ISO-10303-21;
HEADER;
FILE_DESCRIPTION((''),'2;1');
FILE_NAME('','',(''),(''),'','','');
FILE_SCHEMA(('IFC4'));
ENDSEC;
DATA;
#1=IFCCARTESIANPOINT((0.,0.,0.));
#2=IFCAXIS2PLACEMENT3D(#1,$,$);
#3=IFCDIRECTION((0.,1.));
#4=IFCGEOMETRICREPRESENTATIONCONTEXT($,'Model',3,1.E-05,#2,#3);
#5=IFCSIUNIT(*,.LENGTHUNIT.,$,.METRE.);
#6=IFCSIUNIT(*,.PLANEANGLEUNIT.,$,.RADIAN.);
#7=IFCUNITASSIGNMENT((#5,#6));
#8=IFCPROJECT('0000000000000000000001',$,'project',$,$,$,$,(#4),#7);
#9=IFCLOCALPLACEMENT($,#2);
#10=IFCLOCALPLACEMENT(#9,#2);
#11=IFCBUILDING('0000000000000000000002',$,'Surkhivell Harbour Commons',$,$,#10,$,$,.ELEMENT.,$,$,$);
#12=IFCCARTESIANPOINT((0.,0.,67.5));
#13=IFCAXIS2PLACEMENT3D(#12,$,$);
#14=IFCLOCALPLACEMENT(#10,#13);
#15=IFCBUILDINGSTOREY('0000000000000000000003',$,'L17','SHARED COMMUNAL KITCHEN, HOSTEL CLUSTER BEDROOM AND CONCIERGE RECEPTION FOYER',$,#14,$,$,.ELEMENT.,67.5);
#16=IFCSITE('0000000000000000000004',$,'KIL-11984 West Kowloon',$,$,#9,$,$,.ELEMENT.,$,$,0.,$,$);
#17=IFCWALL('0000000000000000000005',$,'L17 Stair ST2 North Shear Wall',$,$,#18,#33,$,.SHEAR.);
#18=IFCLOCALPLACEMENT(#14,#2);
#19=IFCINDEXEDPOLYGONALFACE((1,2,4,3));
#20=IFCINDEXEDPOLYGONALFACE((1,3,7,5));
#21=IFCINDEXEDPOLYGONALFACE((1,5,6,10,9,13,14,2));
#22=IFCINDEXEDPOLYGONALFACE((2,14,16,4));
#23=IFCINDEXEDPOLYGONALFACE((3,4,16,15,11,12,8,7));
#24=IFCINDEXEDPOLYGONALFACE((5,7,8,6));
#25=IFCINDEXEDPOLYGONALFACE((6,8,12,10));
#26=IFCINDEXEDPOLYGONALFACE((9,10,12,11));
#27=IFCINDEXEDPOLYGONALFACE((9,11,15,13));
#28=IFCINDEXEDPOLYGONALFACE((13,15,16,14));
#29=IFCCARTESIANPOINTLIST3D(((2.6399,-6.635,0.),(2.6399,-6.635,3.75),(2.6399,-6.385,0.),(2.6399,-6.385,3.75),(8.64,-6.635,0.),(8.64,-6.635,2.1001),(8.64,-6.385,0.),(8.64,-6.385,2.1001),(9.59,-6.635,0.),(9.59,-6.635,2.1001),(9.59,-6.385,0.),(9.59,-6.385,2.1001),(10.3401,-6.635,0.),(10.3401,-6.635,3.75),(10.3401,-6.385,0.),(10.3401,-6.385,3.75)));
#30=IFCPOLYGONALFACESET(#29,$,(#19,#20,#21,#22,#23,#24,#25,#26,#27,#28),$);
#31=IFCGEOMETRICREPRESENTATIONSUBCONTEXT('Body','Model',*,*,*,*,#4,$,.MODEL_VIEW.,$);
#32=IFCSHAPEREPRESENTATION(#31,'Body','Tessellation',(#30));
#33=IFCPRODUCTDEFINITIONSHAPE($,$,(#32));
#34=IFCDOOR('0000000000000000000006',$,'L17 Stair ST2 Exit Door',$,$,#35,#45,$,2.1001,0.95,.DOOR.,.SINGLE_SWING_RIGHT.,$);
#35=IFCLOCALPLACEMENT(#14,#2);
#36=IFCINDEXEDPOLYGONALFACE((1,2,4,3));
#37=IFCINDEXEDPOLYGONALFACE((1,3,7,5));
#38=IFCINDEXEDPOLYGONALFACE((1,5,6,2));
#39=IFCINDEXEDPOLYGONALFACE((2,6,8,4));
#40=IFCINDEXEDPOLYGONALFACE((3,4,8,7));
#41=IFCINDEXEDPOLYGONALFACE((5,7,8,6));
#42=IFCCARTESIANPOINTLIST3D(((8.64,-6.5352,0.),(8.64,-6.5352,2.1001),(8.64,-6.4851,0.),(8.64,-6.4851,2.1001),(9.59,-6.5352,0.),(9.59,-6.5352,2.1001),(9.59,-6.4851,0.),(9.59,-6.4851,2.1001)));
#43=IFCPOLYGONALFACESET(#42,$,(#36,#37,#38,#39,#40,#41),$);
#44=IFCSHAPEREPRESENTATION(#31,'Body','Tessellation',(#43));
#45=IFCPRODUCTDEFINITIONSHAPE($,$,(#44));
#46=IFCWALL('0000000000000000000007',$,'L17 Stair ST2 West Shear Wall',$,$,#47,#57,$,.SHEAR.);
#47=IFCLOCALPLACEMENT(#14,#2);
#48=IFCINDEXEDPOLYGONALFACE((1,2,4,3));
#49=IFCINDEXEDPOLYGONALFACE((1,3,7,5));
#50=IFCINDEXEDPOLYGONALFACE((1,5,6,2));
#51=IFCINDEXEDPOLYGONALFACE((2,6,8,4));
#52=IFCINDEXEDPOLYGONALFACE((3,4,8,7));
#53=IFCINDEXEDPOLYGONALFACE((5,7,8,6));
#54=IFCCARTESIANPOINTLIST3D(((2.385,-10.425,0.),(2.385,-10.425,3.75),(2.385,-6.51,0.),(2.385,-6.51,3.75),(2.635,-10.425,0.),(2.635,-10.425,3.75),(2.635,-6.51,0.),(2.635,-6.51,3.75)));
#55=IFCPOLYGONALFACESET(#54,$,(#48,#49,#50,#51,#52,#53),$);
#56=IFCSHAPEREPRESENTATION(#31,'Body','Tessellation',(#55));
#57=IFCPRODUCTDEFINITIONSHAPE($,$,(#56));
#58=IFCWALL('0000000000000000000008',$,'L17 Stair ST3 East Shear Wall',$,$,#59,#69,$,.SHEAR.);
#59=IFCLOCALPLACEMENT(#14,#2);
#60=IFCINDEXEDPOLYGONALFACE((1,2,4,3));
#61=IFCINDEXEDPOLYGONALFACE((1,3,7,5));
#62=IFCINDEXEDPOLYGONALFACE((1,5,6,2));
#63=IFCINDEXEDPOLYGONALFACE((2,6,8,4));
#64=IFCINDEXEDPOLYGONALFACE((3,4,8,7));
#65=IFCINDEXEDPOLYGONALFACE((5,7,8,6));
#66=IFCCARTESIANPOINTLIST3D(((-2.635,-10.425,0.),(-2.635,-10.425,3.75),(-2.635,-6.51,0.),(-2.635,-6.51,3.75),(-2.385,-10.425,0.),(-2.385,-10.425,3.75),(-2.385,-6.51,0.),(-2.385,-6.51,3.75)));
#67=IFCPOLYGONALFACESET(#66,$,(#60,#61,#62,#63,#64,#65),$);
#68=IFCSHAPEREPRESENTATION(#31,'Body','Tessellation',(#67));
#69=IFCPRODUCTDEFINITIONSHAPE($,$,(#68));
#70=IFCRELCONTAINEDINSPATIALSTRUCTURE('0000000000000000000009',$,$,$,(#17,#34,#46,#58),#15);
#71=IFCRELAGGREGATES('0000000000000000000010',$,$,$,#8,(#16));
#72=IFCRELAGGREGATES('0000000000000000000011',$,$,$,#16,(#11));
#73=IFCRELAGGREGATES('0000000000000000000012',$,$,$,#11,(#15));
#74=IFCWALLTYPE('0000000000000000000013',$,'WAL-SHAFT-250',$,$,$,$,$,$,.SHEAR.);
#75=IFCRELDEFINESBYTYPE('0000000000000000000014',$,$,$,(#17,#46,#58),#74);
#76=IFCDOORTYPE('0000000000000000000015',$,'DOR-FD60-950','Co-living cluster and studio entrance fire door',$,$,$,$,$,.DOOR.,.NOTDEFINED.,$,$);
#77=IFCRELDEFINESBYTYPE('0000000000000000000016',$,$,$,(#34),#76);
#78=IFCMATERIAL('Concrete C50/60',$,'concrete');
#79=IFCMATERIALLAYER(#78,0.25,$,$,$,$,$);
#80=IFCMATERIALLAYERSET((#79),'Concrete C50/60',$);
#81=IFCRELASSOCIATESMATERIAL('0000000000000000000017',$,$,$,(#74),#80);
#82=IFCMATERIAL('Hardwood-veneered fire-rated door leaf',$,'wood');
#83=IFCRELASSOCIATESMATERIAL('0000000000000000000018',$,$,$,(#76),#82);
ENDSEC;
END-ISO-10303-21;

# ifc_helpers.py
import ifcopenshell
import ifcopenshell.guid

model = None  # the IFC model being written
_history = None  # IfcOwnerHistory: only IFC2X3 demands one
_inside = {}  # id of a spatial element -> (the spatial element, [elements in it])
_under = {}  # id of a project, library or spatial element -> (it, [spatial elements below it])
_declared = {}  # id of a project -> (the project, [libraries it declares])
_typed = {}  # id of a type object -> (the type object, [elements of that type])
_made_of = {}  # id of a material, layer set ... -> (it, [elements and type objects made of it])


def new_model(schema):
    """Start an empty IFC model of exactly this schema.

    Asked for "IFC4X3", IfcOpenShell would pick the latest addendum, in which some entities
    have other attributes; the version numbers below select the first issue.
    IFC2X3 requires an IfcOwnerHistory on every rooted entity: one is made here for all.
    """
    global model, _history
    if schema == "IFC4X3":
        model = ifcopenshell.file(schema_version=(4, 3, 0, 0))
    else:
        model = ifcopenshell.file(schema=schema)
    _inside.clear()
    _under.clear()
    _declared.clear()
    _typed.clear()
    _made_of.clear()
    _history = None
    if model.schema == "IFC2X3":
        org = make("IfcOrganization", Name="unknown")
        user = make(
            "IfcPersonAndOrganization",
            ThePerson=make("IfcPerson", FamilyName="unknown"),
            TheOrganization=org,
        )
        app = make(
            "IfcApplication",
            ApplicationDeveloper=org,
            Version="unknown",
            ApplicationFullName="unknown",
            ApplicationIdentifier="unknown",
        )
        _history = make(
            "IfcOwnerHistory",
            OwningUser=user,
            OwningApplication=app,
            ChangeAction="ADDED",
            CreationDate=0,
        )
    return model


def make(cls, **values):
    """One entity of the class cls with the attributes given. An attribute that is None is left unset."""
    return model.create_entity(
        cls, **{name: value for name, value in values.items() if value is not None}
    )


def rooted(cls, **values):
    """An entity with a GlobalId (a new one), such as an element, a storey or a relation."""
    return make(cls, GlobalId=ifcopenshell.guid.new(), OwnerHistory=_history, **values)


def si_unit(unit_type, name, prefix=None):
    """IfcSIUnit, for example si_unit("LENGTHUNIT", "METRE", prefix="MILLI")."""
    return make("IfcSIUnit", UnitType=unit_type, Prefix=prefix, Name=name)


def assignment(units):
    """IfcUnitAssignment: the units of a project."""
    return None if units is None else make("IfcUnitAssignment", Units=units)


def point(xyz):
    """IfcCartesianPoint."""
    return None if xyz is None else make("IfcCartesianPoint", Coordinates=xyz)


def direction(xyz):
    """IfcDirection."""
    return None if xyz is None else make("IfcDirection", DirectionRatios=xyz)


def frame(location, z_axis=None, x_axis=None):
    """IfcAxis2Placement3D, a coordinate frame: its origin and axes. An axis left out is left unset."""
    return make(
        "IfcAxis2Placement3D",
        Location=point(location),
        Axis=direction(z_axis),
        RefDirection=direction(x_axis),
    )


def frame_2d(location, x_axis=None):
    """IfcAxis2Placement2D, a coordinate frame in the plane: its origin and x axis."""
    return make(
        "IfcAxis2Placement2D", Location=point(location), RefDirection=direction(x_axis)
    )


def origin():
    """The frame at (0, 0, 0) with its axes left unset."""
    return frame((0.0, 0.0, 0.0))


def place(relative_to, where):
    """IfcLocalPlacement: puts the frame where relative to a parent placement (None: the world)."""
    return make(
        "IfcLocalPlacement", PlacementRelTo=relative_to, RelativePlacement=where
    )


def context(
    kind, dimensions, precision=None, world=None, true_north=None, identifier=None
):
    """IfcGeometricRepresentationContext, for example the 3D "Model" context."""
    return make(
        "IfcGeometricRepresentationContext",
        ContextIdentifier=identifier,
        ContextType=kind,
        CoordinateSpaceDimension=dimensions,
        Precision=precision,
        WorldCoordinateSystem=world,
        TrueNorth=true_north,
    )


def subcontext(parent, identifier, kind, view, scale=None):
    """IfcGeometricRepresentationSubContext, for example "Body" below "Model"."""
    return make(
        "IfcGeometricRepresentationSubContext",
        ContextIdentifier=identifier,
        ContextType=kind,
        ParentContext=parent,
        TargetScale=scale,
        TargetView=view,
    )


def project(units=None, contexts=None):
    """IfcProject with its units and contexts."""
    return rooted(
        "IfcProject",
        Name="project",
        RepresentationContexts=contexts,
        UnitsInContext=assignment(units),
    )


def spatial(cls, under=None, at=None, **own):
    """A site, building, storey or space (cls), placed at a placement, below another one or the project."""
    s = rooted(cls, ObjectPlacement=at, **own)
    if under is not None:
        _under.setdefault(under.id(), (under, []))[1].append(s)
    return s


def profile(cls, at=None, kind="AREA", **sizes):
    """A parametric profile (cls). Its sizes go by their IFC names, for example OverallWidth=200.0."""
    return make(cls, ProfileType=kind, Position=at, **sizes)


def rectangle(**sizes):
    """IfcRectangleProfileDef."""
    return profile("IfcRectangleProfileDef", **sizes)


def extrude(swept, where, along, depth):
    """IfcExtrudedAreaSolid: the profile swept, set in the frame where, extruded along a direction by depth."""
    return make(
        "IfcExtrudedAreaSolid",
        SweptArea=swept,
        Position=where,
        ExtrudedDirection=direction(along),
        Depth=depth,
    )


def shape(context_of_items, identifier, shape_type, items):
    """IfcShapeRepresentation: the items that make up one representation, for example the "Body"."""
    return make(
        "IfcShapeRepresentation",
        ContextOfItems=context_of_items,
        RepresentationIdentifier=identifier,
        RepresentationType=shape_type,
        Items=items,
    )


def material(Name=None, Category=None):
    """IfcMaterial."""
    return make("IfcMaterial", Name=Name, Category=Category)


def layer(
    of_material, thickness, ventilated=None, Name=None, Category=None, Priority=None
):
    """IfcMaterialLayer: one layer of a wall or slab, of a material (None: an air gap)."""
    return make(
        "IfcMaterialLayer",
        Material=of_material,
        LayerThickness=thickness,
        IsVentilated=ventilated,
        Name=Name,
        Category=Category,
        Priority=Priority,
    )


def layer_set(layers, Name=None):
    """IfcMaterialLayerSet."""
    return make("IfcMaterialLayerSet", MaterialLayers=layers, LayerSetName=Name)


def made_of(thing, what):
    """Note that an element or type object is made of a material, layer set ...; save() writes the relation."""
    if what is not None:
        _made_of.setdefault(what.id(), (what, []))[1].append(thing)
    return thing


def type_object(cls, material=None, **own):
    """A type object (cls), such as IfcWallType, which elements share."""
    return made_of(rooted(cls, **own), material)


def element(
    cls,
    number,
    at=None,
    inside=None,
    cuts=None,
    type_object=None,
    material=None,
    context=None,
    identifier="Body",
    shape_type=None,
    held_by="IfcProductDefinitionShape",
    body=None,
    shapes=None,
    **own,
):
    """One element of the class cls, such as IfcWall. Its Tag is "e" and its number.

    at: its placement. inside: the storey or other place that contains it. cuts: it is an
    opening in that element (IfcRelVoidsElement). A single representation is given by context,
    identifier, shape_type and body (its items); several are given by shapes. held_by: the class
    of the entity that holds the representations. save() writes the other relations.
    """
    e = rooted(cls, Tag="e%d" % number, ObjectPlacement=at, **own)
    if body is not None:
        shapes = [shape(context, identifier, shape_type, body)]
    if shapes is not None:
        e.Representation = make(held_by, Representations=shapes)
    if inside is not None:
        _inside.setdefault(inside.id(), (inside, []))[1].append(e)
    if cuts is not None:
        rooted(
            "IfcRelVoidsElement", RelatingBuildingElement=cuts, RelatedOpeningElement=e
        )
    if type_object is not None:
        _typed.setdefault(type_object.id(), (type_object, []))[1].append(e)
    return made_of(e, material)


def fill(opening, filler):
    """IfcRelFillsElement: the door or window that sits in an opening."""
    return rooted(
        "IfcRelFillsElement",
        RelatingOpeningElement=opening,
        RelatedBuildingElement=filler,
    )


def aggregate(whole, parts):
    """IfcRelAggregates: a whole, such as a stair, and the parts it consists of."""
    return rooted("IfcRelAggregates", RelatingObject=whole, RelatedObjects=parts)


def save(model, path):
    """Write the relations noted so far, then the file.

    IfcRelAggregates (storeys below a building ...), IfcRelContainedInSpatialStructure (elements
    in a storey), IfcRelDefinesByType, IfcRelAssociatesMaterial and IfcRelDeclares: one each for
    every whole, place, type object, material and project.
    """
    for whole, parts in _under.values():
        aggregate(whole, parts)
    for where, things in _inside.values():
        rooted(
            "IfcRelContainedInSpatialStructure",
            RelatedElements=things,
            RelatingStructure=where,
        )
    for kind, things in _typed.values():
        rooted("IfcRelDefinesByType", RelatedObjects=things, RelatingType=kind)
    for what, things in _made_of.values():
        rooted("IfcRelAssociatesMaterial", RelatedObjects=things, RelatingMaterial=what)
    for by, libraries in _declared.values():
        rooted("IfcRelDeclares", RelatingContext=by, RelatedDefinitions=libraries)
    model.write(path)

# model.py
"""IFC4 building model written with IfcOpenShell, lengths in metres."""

from ifc_helpers import new_model, si_unit, direction, frame, frame_2d, origin, place, context, subcontext, project, spatial, rectangle, extrude, material, layer, layer_set, type_object, element, fill, save


model = new_model("IFC4")

# Units and contexts
model_context = context("Model", 3, precision=1e-05, world=origin(), true_north=direction((0.0, 1.0)))
body_context = subcontext(model_context, "Body", "Model", "MODEL_VIEW")
ifc_project = project(units=[si_unit("LENGTHUNIT", "METRE"), si_unit("PLANEANGLEUNIT", "RADIAN")], contexts=[model_context])

# Site, building, storey
site_placement = place(None, origin())
site = spatial("IfcSite", under=ifc_project, at=site_placement, Name="KIL-11984 West Kowloon", CompositionType="ELEMENT", RefElevation=0.0)
building_placement = place(site_placement, origin())
building = spatial("IfcBuilding", under=site, at=building_placement, Name="Surkhivell Harbour Commons", CompositionType="ELEMENT")
storey_placement = place(building_placement, frame((0.0, 0.0, 67.5)))
storey = spatial("IfcBuildingStorey", under=building, at=storey_placement, Name="L17", Description="SHARED COMMUNAL KITCHEN, HOSTEL CLUSTER BEDROOM AND CONCIERGE RECEPTION FOYER", CompositionType="ELEMENT", Elevation=67.5)

# Shared definitions
ifc_material_1 = material(Name="Hardwood-veneered fire-rated door leaf", Category="wood")

# Shared definitions
ifc_material_2 = material(Name="Concrete C50/60", Category="concrete")
ifc_layer_1 = layer(ifc_material_2, 0.25)
ifc_layer_set_1 = layer_set([ifc_layer_1], Name="Concrete C50/60")
wall_type_1 = type_object("IfcWallType", Name="WAL-SHAFT-250", PredefinedType="SHEAR", material=ifc_layer_set_1)

# Wall, opening, door
wall_1_placement = place(storey_placement, frame((2.6399, -6.51, 0.0), z_axis=(0.0, 0.0, 1.0), x_axis=(1.0, 0.0, 0.0)))
wall_1 = element("IfcWall", 1, at=wall_1_placement, inside=storey, type_object=wall_type_1, Name="L17 Stair ST2 North Shear Wall", PredefinedType="SHEAR", context=body_context, shape_type="SweptSolid", body=[
    extrude(rectangle(XDim=7.7002, YDim=0.25, at=frame_2d((3.8501, 0.0))), origin(), (0.0, 0.0, 1.0), 3.75),
])
opening_1_placement = place(wall_1_placement, frame((6.0, 0.0, 0.0)))
opening_1 = element("IfcOpeningElement", 2, at=opening_1_placement, cuts=wall_1, PredefinedType="OPENING", context=body_context, shape_type="SweptSolid", body=[
    extrude(rectangle(XDim=0.95, YDim=2.1001, at=frame_2d((0.4751, 1.05))), frame((0.0, 0.135, 0.0), z_axis=(0.0, -1.0, 0.0), x_axis=(1.0, 0.0, 0.0)), (0.0, 0.0, 1.0), 0.27),
])
door_type_1 = type_object("IfcDoorType", Name="DOR-FD60-950", Description="Co-living cluster and studio entrance fire door", OperationType="NOTDEFINED", PredefinedType="DOOR", material=ifc_material_1)
door_1_placement = place(opening_1_placement, origin())
door_1 = element("IfcDoor", 3, at=door_1_placement, inside=storey, type_object=door_type_1, Name="L17 Stair ST2 Exit Door", OperationType="SINGLE_SWING_RIGHT", OverallHeight=2.1001, OverallWidth=0.95, PredefinedType="DOOR", context=body_context, shape_type="SweptSolid", body=[
    extrude(rectangle(XDim=0.95, YDim=2.1001, at=frame_2d((0.4751, 1.05))), frame((0.0, 0.0249, 0.0), z_axis=(0.0, -1.0, 0.0), x_axis=(1.0, 0.0, 0.0)), (0.0, 0.0, 1.0), 0.05),
])
fill(opening_1, door_1)

# Walls
for number, where, z_axis, x_axis, name in (
    (4, (2.51, -10.425, 0.0), (0.0, 0.0, 1.0), (0.0, 1.0, 0.0), "L17 Stair ST2 West Shear Wall"),
    (5, (-2.51, -10.425, 0.0), (0.0, 0.0, 1.0), (0.0, 1.0, 0.0), "L17 Stair ST3 East Shear Wall"),
):
    element("IfcWall", number, at=place(storey_placement, frame(where, z_axis=z_axis, x_axis=x_axis)), inside=storey, type_object=wall_type_1, Name=name, PredefinedType="SHEAR", context=body_context, shape_type="SweptSolid", body=[
        extrude(rectangle(XDim=3.915, YDim=0.25, at=frame_2d((1.9575, 0.0))), origin(), (0.0, 0.0, 1.0), 3.75),
    ])

save(model, "model.ifc")
